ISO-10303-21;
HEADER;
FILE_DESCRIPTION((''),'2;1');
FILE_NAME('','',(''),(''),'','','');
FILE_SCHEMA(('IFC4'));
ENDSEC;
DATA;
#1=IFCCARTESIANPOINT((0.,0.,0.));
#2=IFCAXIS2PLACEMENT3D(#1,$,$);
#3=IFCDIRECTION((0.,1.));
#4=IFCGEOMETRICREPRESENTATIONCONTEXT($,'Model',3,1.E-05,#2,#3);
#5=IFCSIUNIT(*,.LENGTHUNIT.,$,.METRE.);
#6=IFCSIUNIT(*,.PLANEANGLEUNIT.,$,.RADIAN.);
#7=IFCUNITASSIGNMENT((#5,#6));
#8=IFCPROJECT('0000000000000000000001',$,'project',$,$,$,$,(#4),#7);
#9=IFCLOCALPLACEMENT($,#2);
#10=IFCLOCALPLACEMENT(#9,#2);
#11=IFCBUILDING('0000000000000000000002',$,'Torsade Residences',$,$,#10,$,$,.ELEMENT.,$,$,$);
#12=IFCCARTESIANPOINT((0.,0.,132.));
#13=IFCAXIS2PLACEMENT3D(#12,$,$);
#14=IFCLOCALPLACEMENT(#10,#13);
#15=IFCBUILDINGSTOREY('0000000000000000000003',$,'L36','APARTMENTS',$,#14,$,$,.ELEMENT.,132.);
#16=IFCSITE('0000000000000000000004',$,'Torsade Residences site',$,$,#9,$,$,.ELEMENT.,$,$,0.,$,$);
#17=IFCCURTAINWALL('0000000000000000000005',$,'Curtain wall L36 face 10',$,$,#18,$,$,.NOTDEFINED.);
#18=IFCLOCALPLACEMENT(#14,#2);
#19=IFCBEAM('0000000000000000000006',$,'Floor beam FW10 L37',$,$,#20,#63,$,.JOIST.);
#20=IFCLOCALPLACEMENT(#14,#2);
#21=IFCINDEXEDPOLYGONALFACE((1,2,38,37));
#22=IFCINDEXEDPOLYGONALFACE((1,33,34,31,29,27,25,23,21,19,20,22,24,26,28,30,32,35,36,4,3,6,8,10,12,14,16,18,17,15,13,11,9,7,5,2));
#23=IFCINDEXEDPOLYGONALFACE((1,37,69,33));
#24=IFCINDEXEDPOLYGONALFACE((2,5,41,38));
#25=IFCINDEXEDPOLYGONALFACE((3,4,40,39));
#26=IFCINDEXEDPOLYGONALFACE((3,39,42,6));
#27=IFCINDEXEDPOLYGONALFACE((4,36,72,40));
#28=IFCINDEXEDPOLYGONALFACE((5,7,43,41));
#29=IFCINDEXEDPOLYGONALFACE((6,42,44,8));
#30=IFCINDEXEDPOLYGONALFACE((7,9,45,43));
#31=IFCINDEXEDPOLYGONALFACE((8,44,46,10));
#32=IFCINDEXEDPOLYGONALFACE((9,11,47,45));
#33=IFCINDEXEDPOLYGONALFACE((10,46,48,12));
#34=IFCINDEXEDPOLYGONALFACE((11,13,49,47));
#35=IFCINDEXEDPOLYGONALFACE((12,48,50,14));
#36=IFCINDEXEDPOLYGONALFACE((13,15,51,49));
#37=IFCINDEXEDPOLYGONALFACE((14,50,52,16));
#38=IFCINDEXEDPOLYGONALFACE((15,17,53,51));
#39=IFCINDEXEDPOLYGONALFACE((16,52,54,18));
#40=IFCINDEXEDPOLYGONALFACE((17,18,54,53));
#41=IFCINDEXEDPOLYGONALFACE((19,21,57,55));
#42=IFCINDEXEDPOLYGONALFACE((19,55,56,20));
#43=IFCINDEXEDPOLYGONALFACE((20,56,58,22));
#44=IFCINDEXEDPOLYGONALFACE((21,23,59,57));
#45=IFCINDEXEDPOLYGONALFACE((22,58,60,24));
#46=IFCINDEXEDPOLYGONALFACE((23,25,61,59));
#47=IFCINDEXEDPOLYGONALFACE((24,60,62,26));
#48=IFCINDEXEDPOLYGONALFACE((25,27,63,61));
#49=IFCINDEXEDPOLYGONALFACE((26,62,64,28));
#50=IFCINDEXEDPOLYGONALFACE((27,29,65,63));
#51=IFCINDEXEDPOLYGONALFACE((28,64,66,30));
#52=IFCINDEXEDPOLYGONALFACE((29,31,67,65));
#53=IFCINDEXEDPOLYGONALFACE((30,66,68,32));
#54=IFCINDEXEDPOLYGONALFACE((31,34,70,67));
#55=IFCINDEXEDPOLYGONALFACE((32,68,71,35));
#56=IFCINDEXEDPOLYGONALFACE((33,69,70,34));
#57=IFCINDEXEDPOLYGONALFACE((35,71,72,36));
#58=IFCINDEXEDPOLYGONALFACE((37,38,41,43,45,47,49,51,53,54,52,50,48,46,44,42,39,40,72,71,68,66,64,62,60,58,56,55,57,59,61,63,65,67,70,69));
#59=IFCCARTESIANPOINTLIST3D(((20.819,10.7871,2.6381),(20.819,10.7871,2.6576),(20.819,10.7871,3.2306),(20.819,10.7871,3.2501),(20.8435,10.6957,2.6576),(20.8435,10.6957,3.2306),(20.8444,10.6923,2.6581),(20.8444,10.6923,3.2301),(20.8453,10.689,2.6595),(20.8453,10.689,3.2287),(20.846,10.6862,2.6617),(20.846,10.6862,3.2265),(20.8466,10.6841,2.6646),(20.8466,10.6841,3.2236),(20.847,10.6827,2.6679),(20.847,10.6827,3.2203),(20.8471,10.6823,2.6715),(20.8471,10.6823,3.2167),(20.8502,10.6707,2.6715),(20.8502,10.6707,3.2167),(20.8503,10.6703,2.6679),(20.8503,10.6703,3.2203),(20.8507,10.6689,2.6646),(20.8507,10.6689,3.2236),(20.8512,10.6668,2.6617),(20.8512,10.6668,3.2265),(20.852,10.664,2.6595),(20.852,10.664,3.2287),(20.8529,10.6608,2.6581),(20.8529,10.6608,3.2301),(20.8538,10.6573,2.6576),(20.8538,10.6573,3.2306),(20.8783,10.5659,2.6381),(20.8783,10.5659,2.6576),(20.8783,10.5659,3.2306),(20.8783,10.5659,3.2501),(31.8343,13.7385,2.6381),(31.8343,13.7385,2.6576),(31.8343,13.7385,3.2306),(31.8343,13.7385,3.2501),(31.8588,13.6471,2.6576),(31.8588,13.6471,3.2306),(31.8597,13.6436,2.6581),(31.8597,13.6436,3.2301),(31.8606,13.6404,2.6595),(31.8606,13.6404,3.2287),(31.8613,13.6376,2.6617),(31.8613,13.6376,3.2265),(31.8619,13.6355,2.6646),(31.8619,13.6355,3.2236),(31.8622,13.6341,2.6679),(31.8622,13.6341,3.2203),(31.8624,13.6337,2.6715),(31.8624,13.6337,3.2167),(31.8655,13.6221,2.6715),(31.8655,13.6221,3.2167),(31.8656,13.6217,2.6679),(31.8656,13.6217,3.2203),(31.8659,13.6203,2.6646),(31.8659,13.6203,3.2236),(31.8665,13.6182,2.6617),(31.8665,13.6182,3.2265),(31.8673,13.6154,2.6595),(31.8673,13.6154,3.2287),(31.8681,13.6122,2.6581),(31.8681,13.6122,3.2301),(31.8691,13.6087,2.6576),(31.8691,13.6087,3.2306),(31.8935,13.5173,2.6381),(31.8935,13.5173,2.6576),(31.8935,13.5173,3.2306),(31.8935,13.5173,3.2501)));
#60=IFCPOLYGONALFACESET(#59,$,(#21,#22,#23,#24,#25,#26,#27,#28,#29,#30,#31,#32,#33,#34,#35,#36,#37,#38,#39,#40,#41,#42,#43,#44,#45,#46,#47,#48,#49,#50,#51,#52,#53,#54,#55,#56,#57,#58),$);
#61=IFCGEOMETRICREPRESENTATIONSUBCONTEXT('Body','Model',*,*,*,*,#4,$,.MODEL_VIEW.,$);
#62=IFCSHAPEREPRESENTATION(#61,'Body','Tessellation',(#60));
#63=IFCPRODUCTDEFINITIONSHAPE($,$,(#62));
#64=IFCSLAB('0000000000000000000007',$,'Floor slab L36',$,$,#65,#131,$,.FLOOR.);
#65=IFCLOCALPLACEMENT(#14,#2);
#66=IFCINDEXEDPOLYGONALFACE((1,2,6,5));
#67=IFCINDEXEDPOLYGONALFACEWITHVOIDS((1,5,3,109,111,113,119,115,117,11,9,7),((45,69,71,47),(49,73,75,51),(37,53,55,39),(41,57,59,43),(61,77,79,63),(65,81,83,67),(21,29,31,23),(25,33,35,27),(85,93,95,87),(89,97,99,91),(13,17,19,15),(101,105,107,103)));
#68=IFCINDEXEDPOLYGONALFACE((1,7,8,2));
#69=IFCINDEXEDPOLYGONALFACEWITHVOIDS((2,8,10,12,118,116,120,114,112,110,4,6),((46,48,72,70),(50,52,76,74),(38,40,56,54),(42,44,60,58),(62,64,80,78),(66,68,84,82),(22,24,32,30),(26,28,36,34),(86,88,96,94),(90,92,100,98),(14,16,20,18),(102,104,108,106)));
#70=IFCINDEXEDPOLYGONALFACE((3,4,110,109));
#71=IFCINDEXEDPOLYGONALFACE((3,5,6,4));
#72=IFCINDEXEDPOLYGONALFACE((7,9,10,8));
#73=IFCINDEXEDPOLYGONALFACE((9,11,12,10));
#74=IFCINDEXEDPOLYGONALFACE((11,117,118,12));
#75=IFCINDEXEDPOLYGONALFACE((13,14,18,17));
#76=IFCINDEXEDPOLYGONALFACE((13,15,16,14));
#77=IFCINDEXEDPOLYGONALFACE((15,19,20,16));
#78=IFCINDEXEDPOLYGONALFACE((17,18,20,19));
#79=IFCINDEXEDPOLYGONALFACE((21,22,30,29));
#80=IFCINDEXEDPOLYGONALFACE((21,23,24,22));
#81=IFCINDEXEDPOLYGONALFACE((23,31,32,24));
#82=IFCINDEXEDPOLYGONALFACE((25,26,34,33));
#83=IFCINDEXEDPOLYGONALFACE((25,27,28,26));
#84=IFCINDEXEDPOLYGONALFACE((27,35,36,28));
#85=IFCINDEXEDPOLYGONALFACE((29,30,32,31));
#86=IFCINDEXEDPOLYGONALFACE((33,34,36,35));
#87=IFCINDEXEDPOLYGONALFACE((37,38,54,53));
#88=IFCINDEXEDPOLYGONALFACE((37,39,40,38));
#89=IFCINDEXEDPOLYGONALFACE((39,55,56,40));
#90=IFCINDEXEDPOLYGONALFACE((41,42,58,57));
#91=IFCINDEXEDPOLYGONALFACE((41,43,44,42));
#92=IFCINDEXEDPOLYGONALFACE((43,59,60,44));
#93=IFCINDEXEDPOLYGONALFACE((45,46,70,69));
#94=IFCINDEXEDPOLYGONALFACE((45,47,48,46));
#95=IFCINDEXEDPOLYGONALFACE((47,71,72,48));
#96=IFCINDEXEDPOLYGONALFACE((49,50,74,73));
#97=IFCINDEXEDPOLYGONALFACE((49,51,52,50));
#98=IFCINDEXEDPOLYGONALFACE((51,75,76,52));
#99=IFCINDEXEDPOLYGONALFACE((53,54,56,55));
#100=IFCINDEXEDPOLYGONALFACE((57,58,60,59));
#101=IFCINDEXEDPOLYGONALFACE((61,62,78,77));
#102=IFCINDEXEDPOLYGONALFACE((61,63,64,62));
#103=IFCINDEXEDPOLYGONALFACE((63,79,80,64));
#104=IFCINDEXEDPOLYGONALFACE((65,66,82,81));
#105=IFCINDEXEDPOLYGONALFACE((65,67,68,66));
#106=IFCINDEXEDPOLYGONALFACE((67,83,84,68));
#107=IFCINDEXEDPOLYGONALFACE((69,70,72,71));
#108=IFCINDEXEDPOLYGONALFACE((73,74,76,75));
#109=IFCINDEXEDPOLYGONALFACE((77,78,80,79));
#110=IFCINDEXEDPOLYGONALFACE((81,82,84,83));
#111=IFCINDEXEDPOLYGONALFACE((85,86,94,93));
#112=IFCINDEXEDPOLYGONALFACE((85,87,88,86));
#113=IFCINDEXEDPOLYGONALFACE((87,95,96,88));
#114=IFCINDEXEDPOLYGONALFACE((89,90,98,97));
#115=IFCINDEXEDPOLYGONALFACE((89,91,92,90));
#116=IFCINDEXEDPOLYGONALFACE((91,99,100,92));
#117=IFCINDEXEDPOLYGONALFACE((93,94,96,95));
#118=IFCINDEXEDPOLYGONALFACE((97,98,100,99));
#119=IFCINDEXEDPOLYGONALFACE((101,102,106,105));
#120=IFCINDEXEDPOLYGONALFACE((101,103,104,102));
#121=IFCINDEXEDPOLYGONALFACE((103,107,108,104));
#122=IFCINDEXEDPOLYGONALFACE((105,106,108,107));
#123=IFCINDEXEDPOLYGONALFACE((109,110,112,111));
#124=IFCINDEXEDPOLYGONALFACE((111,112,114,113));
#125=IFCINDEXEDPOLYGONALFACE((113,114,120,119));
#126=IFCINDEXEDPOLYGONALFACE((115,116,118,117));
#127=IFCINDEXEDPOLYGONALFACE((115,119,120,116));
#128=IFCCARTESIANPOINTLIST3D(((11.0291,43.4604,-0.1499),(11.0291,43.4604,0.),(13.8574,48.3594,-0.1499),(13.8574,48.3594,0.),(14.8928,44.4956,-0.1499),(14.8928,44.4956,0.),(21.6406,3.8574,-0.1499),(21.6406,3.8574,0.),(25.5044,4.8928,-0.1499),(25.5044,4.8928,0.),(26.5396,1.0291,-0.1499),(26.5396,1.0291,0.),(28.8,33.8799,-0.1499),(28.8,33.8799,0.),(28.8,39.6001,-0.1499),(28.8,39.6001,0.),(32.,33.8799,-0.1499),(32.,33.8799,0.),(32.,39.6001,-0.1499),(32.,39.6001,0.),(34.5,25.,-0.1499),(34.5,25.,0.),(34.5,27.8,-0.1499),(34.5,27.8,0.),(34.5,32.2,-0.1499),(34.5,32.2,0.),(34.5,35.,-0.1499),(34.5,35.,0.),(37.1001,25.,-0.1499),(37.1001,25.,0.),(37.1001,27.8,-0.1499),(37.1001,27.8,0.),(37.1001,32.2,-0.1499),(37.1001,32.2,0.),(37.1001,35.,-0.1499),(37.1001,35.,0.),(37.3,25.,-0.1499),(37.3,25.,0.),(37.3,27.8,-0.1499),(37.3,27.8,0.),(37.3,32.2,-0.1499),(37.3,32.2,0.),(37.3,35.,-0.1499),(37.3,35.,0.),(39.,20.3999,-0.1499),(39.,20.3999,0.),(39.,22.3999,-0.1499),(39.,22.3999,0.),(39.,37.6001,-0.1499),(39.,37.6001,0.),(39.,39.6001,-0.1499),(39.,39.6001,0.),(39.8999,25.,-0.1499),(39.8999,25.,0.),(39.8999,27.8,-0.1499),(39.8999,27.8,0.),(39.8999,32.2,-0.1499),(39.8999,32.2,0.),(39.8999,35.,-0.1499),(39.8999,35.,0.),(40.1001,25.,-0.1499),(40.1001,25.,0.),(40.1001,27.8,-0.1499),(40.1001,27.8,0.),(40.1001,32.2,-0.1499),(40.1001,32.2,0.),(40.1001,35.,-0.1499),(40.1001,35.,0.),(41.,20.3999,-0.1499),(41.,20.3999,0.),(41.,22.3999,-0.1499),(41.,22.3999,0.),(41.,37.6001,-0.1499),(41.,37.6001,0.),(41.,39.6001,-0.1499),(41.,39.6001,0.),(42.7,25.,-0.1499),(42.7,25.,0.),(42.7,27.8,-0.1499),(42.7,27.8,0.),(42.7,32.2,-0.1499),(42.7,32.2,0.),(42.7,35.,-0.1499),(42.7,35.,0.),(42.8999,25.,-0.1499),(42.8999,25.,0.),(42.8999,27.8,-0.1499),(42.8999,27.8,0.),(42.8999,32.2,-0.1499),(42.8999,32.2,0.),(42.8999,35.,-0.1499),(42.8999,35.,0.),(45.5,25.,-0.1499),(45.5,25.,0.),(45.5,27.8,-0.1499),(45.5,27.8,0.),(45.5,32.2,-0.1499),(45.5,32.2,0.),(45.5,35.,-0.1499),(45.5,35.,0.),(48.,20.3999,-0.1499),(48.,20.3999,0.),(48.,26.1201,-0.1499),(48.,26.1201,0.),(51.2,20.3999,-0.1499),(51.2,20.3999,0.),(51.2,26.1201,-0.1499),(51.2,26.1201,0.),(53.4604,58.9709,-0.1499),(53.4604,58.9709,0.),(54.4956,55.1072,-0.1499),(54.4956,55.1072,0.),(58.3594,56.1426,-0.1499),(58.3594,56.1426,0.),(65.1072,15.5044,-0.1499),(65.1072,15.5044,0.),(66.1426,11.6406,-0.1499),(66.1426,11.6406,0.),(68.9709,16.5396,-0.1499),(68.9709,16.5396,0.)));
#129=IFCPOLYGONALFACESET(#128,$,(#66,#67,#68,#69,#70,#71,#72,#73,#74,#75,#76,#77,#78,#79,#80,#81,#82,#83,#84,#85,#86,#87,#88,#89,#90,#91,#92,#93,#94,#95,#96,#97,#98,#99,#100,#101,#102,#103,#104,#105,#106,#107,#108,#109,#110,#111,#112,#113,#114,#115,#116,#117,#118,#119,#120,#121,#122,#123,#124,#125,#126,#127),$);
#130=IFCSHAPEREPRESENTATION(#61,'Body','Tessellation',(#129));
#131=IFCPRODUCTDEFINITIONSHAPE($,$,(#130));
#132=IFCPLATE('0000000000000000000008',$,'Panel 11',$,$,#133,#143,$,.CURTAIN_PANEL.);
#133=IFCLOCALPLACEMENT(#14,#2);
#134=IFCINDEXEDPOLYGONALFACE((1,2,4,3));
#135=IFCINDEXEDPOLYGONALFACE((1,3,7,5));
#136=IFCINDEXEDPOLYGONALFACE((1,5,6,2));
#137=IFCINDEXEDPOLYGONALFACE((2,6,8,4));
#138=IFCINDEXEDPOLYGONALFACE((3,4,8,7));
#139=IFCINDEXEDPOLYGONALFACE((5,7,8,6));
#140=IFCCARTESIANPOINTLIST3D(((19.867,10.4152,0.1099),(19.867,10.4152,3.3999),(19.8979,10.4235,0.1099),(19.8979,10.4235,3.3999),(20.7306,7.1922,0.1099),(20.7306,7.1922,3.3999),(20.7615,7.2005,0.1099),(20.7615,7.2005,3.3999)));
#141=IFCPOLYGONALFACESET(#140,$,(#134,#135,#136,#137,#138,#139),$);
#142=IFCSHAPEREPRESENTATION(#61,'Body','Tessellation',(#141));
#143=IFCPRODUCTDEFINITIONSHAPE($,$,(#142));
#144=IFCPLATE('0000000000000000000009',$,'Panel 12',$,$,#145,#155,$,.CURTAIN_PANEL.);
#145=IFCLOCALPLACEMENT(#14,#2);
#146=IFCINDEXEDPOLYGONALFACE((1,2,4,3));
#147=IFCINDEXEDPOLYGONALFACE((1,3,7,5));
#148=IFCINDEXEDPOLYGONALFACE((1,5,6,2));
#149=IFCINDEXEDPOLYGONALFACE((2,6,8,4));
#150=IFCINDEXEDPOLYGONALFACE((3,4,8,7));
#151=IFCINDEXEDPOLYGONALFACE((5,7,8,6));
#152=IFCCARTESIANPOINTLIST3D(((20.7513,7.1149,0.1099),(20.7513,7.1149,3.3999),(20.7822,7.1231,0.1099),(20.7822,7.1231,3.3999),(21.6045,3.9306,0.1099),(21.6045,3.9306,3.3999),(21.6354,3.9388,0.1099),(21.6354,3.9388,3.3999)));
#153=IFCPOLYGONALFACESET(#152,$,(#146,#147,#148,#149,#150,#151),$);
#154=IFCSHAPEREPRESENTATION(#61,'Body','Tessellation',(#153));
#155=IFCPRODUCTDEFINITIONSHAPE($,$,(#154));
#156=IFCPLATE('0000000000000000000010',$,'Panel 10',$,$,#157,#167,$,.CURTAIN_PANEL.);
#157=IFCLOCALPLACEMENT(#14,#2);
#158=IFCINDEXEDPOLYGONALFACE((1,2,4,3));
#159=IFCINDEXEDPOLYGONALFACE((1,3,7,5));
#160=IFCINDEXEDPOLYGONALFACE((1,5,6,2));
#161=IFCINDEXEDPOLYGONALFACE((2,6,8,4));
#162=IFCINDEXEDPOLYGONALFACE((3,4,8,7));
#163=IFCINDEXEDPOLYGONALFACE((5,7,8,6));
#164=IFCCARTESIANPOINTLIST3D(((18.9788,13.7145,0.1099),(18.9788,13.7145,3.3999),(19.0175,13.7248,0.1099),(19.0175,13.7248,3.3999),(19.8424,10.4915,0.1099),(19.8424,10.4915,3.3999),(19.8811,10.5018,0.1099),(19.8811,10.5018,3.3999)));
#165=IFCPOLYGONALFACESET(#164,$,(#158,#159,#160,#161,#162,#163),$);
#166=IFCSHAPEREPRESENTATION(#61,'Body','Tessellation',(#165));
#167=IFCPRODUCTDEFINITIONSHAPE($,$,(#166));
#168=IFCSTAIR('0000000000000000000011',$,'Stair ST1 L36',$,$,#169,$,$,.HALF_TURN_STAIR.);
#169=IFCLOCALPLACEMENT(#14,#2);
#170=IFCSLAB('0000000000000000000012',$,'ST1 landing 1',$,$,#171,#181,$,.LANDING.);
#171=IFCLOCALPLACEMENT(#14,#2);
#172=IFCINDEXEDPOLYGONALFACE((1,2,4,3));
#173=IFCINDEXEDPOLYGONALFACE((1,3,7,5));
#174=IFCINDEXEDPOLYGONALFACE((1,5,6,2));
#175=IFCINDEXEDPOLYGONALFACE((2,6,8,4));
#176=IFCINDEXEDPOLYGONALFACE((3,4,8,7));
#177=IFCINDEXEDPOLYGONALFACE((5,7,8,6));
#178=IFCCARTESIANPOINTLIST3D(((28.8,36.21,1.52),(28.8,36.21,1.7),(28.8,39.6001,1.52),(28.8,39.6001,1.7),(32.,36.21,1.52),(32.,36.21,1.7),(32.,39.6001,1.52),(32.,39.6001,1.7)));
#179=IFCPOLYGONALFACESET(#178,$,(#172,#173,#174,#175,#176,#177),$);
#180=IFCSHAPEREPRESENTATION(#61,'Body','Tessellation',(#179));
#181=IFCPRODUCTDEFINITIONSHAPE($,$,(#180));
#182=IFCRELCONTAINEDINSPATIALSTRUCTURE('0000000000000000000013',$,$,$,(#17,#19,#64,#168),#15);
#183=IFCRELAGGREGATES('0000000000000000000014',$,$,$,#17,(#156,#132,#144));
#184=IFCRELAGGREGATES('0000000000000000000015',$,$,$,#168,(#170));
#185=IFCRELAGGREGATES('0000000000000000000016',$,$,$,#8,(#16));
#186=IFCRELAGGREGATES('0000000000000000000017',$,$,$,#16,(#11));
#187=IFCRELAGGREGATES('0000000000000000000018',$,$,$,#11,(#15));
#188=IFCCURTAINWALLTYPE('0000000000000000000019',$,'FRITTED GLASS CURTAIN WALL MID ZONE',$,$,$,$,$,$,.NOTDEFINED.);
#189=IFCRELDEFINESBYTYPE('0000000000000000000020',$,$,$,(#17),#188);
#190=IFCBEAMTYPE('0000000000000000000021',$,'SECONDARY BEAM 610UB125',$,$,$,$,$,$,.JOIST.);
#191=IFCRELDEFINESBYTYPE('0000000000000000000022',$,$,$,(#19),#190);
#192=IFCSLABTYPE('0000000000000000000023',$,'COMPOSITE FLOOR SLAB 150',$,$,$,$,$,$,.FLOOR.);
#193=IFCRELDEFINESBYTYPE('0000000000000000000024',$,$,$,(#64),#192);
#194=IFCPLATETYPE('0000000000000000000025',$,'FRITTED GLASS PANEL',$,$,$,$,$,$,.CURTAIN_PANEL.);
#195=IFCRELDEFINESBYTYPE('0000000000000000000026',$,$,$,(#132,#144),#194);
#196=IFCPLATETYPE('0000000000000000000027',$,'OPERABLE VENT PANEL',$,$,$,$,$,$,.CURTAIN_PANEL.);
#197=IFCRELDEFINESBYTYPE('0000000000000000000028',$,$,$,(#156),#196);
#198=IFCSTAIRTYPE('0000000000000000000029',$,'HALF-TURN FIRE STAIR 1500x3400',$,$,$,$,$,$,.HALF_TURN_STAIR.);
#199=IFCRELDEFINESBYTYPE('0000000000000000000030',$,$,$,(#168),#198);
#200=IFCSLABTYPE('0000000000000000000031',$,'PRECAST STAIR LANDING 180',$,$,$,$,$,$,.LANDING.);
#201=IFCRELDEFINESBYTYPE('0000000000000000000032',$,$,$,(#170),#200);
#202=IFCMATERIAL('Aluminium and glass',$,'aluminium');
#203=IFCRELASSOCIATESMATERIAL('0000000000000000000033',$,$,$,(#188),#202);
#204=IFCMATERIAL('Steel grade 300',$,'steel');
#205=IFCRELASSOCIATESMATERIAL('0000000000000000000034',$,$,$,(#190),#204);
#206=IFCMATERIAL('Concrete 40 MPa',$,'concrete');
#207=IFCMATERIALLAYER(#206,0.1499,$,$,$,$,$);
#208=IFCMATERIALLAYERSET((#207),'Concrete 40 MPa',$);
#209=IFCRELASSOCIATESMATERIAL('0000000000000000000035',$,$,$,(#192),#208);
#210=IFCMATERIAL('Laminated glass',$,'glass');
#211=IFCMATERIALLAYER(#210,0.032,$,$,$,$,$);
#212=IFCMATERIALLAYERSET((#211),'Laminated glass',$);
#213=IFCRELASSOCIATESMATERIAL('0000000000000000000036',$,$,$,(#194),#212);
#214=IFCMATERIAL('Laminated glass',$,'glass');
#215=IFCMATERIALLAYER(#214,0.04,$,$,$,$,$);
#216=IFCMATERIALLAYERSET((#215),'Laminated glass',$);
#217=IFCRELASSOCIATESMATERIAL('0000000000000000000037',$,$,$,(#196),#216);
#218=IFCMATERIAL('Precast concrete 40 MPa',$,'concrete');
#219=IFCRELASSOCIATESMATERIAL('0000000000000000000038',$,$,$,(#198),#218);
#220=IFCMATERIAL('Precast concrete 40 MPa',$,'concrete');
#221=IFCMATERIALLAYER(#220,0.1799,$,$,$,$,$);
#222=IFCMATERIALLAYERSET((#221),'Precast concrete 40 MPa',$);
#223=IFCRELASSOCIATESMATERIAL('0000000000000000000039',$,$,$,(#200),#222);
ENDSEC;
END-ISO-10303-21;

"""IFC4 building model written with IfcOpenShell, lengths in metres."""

from ifc_helpers import new_model, si_unit, direction, frame, origin, origin_2d, place, context, subcontext, project, spatial, polyline, rectangle, i_section, outline, extrude, material, layer, layer_set, material_profile, profile_set, type_object, element, aggregate, save


model = new_model("IFC4")

# Units and contexts
model_context = context("Model", 3, precision=1e-05, world=origin(), true_north=direction((0.0, 1.0)))
body_context = subcontext(model_context, "Body", "Model", "MODEL_VIEW")
ifc_project = project(units=[si_unit("LENGTHUNIT", "METRE"), si_unit("PLANEANGLEUNIT", "RADIAN")], contexts=[model_context])

# Site, building, storey
site_placement = place(None, origin())
site = spatial("IfcSite", under=ifc_project, at=site_placement, Name="Torsade Residences site", CompositionType="ELEMENT", RefElevation=0.0)
building_placement = place(site_placement, origin())
building = spatial("IfcBuilding", under=site, at=building_placement, Name="Torsade Residences", CompositionType="ELEMENT")
storey_placement = place(building_placement, frame((0.0, 0.0, 132.0)))
storey = spatial("IfcBuildingStorey", under=building, at=storey_placement, Name="L36", Description="APARTMENTS", CompositionType="ELEMENT", Elevation=132.0)

# Curtain wall
ifc_material_1 = material(Name="Aluminium and glass", Category="aluminium")
curtain_wall_type = type_object("IfcCurtainWallType", Name="FRITTED GLASS CURTAIN WALL MID ZONE", PredefinedType="NOTDEFINED", material=ifc_material_1)
curtain_wall_placement = place(storey_placement, origin())
curtain_wall = element("IfcCurtainWall", 1, at=curtain_wall_placement, inside=storey, type_object=curtain_wall_type, Name="Curtain wall L36 face 10", PredefinedType="NOTDEFINED")

# Beam
ifc_material_2 = material(Name="Steel grade 300", Category="steel")
ifc_material_profile_1 = material_profile(ifc_material_2, i_section(OverallWidth=0.229, OverallDepth=0.6121, WebThickness=0.012, FlangeThickness=0.0195, FilletRadius=0.0139, at=origin_2d()), Name="610UB125")
ifc_profile_set_1 = profile_set([ifc_material_profile_1], Name="Steel grade 300")
beam_type_1 = type_object("IfcBeamType", Name="SECONDARY BEAM 610UB125", PredefinedType="JOIST", material=ifc_profile_set_1)
beam_1_placement = place(storey_placement, frame((20.8486, 10.6765, 2.9441), z_axis=(0.965929, 0.258807, 0.0), x_axis=(-0.258807, 0.965929, 0.0)))
element("IfcBeam", 2, at=beam_1_placement, inside=storey, type_object=beam_type_1, Name="Floor beam FW10 L37", PredefinedType="JOIST", context=body_context, shape_type="SweptSolid", body=[
    extrude(i_section(OverallWidth=0.229, OverallDepth=0.6121, WebThickness=0.012, FlangeThickness=0.0195, FilletRadius=0.0139, at=origin_2d()), origin(), (0.0, 0.0, 1.0), 11.4038),
])

# Slab
ifc_material_3 = material(Name="Concrete 40 MPa", Category="concrete")
ifc_layer_1 = layer(ifc_material_3, 0.1499)
ifc_layer_set_1 = layer_set([ifc_layer_1], Name="Concrete 40 MPa")
slab_type_1 = type_object("IfcSlabType", Name="COMPOSITE FLOOR SLAB 150", PredefinedType="FLOOR", material=ifc_layer_set_1)
slab_1_placement = place(storey_placement, frame((0.0, 0.0, -0.1499)))
element("IfcSlab", 3, at=slab_1_placement, inside=storey, type_object=slab_type_1, Name="Floor slab L36", PredefinedType="FLOOR", context=body_context, shape_type="SweptSolid", body=[
    extrude(outline(polyline([(26.5396, 1.0291), (66.1426, 11.6406), (65.1072, 15.5044), (68.9709, 16.5396), (58.3594, 56.1426), (54.4956, 55.1072), (53.4604, 58.9709), (13.8574, 48.3594), (14.8928, 44.4956), (11.0291, 43.4604), (21.6406, 3.8574), (25.5044, 4.8928), (26.5396, 1.0291)]), holes=[polyline([(51.2, 20.3999), (51.2, 26.1201), (48.0, 26.1201), (48.0, 20.3999), (51.2, 20.3999)]), polyline([(45.5, 27.8), (42.8999, 27.8), (42.8999, 25.0), (45.5, 25.0), (45.5, 27.8)]), polyline([(45.5, 32.2), (45.5, 35.0), (42.8999, 35.0), (42.8999, 32.2), (45.5, 32.2)]), polyline([(42.7, 25.0), (42.7, 27.8), (40.1001, 27.8), (40.1001, 25.0), (42.7, 25.0)]), polyline([(42.7, 32.2), (42.7, 35.0), (40.1001, 35.0), (40.1001, 32.2), (42.7, 32.2)]), polyline([(41.0, 22.3999), (39.0, 22.3999), (39.0, 20.3999), (41.0, 20.3999), (41.0, 22.3999)]), polyline([(41.0, 37.6001), (41.0, 39.6001), (39.0, 39.6001), (39.0, 37.6001), (41.0, 37.6001)]), polyline([(39.8999, 25.0), (39.8999, 27.8), (37.3, 27.8), (37.3, 25.0), (39.8999, 25.0)]), polyline([(39.8999, 35.0), (37.3, 35.0), (37.3, 32.2), (39.8999, 32.2), (39.8999, 35.0)]), polyline([(37.1001, 27.8), (34.5, 27.8), (34.5, 25.0), (37.1001, 25.0), (37.1001, 27.8)]), polyline([(37.1001, 32.2), (37.1001, 35.0), (34.5, 35.0), (34.5, 32.2), (37.1001, 32.2)]), polyline([(32.0, 33.8799), (32.0, 39.6001), (28.8, 39.6001), (28.8, 33.8799), (32.0, 33.8799)])]), origin(), (0.0, 0.0, 1.0), 0.1499),
])

# Plates
ifc_material_4 = material(Name="Laminated glass", Category="glass")
ifc_layer_2 = layer(ifc_material_4, 0.032)
ifc_layer_set_2 = layer_set([ifc_layer_2], Name="Laminated glass")
plate_type_1 = type_object("IfcPlateType", Name="FRITTED GLASS PANEL", PredefinedType="CURTAIN_PANEL", material=ifc_layer_set_2)
plate_1_placement = place(storey_placement, frame((20.3142, 8.8079, 0.1099), z_axis=(0.0, 0.0, 1.0), x_axis=(0.258819, -0.965926, 0.0)))
plate_1 = element("IfcPlate", 4, at=plate_1_placement, type_object=plate_type_1, Name="Panel 11", PredefinedType="CURTAIN_PANEL", context=body_context, shape_type="SweptSolid", body=[
    extrude(rectangle(XDim=3.3367, YDim=0.032, at=origin_2d()), origin(), (0.0, 0.0, 1.0), 3.29),
])
plate_2_placement = place(storey_placement, frame((21.1934, 5.5269, 0.1099), z_axis=(0.0, 0.0, 1.0), x_axis=(0.258819, -0.965926, 0.0)))
plate_2 = element("IfcPlate", 5, at=plate_2_placement, type_object=plate_type_1, Name="Panel 12", PredefinedType="CURTAIN_PANEL", context=body_context, shape_type="SweptSolid", body=[
    extrude(rectangle(XDim=3.2966, YDim=0.032, at=origin_2d()), origin(), (0.0, 0.0, 1.0), 3.29),
])
ifc_material_5 = material(Name="Laminated glass", Category="glass")
ifc_layer_3 = layer(ifc_material_5, 0.04)
ifc_layer_set_3 = layer_set([ifc_layer_3], Name="Laminated glass")
plate_type_2 = type_object("IfcPlateType", Name="OPERABLE VENT PANEL", PredefinedType="CURTAIN_PANEL", material=ifc_layer_set_3)
plate_3_placement = place(storey_placement, frame((19.4299, 12.1082, 0.1099), z_axis=(0.0, 0.0, 1.0), x_axis=(0.258819, -0.965926, 0.0)))
plate_3 = element("IfcPlate", 6, at=plate_3_placement, type_object=plate_type_2, Name="Panel 10", PredefinedType="CURTAIN_PANEL", context=body_context, shape_type="SweptSolid", body=[
    extrude(rectangle(XDim=3.3367, YDim=0.04, at=origin_2d()), origin(), (0.0, 0.0, 1.0), 3.29),
])
aggregate(curtain_wall, [plate_3, plate_1, plate_2])

# Stair, slab
ifc_material_6 = material(Name="Precast concrete 40 MPa", Category="concrete")
stair_type = type_object("IfcStairType", Name="HALF-TURN FIRE STAIR 1500x3400", PredefinedType="HALF_TURN_STAIR", material=ifc_material_6)
stair_1_placement = place(storey_placement, origin())
stair_1 = element("IfcStair", 7, at=stair_1_placement, inside=storey, type_object=stair_type, Name="Stair ST1 L36", PredefinedType="HALF_TURN_STAIR")
ifc_material_7 = material(Name="Precast concrete 40 MPa", Category="concrete")
ifc_layer_4 = layer(ifc_material_7, 0.1799)
ifc_layer_set_4 = layer_set([ifc_layer_4], Name="Precast concrete 40 MPa")
slab_type_2 = type_object("IfcSlabType", Name="PRECAST STAIR LANDING 180", PredefinedType="LANDING", material=ifc_layer_set_4)
slab_2_placement = place(storey_placement, frame((0.0, 0.0, 1.52)))
slab_2 = element("IfcSlab", 8, at=slab_2_placement, type_object=slab_type_2, Name="ST1 landing 1", PredefinedType="LANDING", context=body_context, shape_type="SweptSolid", body=[
    extrude(outline(polyline([(28.8, 36.21), (32.0, 36.21), (32.0, 39.6001), (28.8, 39.6001), (28.8, 36.21)])), origin(), (0.0, 0.0, 1.0), 0.1799),
])
aggregate(stair_1, [slab_2])

save(model, "model.ifc")
